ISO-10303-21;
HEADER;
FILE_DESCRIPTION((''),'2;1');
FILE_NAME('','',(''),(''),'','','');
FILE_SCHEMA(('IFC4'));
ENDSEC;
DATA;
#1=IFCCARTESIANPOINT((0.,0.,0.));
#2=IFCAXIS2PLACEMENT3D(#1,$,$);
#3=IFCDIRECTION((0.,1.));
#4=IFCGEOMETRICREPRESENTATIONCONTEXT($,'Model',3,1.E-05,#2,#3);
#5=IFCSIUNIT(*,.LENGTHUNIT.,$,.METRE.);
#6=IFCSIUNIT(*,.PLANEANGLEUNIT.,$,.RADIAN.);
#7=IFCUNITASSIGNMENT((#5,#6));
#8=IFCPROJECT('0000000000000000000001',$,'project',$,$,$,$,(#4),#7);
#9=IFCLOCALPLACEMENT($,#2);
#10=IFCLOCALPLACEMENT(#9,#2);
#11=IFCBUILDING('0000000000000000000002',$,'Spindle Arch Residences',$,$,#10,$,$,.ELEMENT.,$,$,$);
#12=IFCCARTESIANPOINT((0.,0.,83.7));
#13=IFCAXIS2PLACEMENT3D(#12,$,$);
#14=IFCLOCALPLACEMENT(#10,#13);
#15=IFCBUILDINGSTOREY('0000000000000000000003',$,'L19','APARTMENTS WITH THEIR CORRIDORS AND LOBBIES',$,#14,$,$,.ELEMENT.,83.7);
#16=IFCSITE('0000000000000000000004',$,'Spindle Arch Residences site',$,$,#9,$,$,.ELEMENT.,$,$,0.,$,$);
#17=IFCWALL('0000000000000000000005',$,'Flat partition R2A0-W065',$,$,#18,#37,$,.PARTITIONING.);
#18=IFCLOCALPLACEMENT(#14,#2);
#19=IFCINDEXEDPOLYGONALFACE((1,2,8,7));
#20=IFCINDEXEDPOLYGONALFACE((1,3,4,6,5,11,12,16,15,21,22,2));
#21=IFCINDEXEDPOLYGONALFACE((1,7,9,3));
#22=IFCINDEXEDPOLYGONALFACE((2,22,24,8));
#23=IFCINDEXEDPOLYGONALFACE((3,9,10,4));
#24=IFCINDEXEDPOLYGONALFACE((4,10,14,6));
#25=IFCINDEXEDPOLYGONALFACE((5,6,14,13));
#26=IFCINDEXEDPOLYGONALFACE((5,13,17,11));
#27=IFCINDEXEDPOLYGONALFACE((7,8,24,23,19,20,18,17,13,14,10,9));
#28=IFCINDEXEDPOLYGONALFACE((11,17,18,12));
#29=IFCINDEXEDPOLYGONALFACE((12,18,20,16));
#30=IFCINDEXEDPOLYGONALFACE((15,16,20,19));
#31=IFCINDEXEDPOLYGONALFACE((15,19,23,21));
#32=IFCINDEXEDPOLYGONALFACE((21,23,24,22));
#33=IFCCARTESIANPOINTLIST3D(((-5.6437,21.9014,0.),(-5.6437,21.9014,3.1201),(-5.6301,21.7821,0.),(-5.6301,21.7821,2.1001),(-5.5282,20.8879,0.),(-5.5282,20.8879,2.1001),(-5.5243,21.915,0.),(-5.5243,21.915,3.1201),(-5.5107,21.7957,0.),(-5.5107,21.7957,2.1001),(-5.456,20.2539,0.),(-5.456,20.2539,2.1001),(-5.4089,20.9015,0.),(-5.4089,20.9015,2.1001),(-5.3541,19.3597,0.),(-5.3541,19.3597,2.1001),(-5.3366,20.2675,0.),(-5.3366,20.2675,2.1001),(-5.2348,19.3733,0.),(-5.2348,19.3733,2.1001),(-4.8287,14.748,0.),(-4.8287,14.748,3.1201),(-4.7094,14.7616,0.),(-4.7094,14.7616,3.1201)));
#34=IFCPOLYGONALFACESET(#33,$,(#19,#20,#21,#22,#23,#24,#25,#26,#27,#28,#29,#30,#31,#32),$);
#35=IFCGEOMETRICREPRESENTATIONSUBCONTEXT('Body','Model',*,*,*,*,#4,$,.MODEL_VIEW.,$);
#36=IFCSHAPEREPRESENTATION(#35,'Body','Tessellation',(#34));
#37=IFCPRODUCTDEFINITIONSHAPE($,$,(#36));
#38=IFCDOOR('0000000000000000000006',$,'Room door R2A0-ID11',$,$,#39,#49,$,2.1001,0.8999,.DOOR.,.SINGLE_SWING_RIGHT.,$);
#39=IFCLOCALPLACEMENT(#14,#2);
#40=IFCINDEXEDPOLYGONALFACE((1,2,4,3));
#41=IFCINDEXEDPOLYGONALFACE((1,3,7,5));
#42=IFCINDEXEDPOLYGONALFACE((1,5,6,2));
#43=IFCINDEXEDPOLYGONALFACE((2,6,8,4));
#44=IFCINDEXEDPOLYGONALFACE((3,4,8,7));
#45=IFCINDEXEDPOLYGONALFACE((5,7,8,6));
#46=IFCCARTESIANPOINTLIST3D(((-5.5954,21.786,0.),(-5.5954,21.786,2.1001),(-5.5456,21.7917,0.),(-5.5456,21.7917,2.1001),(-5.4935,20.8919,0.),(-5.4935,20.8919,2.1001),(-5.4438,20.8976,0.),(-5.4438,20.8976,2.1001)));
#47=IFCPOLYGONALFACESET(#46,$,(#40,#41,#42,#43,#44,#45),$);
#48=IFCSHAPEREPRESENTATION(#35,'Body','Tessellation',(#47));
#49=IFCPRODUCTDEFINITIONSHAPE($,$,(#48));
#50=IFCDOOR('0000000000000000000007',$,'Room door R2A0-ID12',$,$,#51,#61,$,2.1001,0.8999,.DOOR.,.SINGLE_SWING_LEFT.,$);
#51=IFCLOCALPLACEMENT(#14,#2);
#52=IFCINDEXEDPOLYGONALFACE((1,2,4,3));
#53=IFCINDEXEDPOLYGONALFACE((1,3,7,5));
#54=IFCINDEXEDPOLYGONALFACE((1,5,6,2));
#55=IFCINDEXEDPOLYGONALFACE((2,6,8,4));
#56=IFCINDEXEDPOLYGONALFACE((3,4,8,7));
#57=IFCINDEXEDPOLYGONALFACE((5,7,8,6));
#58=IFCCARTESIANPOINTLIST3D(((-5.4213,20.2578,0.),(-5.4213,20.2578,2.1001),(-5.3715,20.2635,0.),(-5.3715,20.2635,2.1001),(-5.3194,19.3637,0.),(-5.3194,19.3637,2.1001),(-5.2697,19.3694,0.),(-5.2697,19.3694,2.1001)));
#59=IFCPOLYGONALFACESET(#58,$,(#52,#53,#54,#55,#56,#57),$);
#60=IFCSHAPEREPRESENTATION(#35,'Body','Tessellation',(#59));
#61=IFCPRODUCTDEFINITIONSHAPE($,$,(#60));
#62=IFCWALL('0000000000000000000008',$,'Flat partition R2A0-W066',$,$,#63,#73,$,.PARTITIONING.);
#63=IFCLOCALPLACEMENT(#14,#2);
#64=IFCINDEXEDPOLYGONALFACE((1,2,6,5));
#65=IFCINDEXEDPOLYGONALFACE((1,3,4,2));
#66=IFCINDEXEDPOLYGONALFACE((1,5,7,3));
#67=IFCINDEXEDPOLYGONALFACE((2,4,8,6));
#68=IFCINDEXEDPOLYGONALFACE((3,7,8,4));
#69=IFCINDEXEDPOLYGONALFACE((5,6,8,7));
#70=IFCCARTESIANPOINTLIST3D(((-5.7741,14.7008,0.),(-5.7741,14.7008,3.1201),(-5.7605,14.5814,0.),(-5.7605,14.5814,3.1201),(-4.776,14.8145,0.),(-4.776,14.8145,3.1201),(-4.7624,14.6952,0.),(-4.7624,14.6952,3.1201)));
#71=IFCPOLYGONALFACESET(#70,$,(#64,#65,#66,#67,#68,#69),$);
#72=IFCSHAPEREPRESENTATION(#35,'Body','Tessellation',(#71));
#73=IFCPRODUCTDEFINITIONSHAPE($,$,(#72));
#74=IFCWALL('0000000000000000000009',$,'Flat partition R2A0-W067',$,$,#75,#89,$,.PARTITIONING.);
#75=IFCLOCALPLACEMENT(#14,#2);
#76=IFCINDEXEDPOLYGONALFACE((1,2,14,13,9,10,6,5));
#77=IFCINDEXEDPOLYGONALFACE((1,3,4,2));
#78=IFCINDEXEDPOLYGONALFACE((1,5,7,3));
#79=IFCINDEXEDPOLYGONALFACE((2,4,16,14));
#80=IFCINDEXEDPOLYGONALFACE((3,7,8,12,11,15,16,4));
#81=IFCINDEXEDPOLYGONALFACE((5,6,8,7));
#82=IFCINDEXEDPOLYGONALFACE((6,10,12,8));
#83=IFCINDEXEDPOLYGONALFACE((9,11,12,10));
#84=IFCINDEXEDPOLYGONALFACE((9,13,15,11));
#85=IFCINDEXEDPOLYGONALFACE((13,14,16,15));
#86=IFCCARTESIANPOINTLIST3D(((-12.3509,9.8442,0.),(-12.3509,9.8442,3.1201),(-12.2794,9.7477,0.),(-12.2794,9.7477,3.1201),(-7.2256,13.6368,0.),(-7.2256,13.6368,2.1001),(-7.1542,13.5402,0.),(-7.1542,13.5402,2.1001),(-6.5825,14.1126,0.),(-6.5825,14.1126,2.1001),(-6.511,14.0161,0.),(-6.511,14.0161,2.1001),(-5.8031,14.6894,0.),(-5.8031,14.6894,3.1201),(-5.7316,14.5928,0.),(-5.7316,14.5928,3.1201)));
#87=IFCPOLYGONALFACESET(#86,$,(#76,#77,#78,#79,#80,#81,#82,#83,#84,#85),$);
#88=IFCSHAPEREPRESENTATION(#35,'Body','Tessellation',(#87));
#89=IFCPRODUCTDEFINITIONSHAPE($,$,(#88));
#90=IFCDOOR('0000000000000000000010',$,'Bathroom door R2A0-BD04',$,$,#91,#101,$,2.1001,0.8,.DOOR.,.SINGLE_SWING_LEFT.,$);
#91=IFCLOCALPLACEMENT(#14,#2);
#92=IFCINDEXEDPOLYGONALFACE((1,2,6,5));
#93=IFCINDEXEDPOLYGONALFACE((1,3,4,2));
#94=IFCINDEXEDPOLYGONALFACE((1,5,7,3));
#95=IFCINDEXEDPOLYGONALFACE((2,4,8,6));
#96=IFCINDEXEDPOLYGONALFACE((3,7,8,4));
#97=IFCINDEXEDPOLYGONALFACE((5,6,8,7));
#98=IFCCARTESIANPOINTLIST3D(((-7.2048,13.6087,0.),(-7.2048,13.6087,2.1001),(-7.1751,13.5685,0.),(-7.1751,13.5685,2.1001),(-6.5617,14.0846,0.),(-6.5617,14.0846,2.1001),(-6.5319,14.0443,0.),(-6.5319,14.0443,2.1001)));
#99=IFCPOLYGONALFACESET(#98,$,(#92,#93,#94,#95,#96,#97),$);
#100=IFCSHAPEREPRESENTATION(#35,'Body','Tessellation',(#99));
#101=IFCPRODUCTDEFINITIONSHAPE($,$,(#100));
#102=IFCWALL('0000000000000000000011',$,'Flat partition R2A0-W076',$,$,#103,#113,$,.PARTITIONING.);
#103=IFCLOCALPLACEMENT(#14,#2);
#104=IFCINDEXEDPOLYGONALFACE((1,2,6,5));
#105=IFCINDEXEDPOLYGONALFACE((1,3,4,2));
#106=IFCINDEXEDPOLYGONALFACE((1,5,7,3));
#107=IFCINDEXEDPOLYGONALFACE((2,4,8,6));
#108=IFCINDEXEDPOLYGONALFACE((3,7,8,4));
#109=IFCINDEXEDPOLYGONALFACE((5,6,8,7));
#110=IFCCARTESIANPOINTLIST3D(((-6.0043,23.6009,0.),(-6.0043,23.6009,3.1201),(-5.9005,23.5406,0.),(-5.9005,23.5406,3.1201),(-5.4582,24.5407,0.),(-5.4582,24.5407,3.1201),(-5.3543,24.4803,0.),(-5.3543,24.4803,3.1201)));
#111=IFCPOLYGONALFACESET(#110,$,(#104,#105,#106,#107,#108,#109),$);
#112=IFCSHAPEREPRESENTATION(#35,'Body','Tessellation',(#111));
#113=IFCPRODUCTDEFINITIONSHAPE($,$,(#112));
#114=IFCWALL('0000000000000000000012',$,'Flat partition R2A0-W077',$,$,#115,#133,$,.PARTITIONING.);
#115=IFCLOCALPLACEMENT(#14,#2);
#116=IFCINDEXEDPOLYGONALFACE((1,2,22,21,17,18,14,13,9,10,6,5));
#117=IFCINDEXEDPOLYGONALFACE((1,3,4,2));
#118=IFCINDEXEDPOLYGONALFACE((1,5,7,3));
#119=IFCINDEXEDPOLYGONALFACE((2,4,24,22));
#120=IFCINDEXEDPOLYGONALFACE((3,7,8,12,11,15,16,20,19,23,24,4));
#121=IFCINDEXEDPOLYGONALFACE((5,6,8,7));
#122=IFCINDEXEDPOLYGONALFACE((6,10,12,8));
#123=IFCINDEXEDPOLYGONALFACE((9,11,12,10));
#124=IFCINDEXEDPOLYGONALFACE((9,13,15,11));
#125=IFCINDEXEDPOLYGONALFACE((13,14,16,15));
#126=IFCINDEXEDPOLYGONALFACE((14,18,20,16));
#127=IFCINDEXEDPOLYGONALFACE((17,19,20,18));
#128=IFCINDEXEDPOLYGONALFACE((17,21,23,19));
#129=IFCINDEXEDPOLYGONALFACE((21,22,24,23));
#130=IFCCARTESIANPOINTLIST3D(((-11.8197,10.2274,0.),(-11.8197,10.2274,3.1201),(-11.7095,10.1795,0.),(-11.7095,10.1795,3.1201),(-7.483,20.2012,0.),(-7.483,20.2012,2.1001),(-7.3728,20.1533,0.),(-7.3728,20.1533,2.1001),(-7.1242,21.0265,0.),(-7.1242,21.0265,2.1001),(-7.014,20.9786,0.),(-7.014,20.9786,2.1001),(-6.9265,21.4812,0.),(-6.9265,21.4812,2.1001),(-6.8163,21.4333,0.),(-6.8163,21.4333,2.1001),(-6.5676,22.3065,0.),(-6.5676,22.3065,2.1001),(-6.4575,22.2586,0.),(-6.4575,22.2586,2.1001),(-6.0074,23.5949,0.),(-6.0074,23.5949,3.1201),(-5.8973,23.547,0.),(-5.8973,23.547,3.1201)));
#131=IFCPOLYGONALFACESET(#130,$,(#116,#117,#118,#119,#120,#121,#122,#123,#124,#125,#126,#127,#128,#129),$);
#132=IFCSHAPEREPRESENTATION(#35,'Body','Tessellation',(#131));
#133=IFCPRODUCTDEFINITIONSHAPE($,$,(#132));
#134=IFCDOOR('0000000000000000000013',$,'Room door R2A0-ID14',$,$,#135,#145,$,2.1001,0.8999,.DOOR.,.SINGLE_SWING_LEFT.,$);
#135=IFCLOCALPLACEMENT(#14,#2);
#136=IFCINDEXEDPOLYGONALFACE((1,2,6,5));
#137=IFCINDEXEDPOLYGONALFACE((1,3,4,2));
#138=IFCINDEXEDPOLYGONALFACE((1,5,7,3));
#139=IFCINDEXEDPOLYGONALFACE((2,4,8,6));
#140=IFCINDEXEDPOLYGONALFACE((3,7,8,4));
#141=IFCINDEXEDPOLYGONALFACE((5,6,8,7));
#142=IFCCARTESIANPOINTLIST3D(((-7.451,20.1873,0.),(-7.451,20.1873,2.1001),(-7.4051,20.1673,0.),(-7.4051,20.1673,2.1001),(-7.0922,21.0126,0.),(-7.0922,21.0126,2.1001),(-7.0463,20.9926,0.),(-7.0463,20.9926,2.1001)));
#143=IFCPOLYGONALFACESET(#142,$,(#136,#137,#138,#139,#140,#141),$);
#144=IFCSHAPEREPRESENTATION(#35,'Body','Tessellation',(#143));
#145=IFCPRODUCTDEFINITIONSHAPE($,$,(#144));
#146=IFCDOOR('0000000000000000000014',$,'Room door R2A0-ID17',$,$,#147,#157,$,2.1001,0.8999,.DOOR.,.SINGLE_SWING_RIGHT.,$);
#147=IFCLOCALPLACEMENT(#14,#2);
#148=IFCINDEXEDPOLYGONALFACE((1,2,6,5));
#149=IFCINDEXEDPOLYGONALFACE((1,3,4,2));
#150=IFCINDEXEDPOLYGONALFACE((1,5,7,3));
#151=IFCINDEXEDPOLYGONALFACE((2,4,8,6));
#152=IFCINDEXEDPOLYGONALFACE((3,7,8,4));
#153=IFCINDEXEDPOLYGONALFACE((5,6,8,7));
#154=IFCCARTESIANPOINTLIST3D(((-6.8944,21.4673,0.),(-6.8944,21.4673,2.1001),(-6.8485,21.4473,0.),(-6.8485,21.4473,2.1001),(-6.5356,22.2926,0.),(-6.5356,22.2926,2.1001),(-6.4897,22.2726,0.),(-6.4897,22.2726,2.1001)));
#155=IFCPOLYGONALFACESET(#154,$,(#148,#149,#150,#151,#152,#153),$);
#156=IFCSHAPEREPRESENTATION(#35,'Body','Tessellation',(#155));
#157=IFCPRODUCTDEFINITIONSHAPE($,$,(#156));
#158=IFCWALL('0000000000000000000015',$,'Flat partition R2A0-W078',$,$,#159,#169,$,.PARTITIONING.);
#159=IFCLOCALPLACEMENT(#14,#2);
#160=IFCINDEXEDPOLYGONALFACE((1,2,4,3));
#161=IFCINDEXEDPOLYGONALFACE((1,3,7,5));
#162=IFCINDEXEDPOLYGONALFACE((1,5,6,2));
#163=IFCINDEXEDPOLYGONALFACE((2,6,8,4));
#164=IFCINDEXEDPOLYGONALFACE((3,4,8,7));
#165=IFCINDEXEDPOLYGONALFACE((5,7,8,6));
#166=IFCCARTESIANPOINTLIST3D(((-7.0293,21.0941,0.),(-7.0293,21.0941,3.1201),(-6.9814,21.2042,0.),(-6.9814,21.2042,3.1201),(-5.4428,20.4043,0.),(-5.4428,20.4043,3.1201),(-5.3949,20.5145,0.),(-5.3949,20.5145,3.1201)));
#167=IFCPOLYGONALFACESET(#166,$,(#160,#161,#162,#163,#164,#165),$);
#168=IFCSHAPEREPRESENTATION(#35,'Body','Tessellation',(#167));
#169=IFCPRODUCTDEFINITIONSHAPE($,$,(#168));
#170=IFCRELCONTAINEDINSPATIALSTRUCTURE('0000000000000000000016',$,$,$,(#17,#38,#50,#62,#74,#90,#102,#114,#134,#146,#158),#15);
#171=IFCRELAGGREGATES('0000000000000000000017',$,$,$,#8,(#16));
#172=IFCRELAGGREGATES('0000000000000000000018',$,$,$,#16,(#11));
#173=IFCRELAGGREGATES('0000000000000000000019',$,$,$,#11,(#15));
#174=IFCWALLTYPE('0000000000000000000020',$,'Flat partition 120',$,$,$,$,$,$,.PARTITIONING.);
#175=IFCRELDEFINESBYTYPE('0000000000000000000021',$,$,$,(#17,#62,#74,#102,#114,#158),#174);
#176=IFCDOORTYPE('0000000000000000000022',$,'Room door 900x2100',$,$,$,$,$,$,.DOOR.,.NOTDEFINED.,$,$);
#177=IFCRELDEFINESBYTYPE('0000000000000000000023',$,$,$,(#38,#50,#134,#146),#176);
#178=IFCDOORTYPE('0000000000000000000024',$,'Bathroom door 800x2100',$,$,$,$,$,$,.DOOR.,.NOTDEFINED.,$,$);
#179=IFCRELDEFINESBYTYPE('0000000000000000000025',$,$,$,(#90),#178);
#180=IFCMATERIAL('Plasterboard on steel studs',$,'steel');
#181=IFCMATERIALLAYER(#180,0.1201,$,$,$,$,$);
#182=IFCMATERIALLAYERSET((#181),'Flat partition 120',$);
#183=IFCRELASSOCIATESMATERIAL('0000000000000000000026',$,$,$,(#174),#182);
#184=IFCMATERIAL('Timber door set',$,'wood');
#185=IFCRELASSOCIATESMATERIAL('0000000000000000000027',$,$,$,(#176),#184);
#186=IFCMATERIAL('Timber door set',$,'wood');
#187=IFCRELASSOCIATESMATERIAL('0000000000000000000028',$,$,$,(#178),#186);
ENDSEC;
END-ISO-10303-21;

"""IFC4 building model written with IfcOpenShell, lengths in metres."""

from ifc_helpers import new_model, si_unit, direction, frame, frame_2d, origin, place, context, subcontext, project, spatial, rectangle, extrude, material, layer, layer_set, type_object, element, fill, save


model = new_model("IFC4")

# Units and contexts
model_context = context("Model", 3, precision=1e-05, world=origin(), true_north=direction((0.0, 1.0)))
body_context = subcontext(model_context, "Body", "Model", "MODEL_VIEW")
ifc_project = project(units=[si_unit("LENGTHUNIT", "METRE"), si_unit("PLANEANGLEUNIT", "RADIAN")], contexts=[model_context])

# Site, building, storey
site_placement = place(None, origin())
site = spatial("IfcSite", under=ifc_project, at=site_placement, Name="Spindle Arch Residences site", CompositionType="ELEMENT", RefElevation=0.0)
building_placement = place(site_placement, origin())
building = spatial("IfcBuilding", under=site, at=building_placement, Name="Spindle Arch Residences", CompositionType="ELEMENT")
storey_placement = place(building_placement, frame((0.0, 0.0, 83.7)))
storey = spatial("IfcBuildingStorey", under=building, at=storey_placement, Name="L19", Description="APARTMENTS WITH THEIR CORRIDORS AND LOBBIES", CompositionType="ELEMENT", Elevation=83.7)

# Shared definitions
ifc_material_1 = material(Name="Plasterboard on steel studs", Category="steel")
ifc_layer_1 = layer(ifc_material_1, 0.1201)
ifc_layer_set_1 = layer_set([ifc_layer_1], Name="Flat partition 120")
wall_type_1 = type_object("IfcWallType", Name="Flat partition 120", PredefinedType="PARTITIONING", material=ifc_layer_set_1)

# Wall, openings, doors
wall_1_placement = place(storey_placement, frame((-5.584, 21.9082, 0.0), z_axis=(0.0, 0.0, 1.0), x_axis=(0.113193, -0.993573, 0.0)))
wall_1 = element("IfcWall", 1, at=wall_1_placement, inside=storey, type_object=wall_type_1, Name="Flat partition R2A0-W065", PredefinedType="PARTITIONING", context=body_context, shape_type="SweptSolid", body=[
    extrude(rectangle(XDim=7.1997, YDim=0.1201, at=frame_2d((3.5999, 0.0))), origin(), (0.0, 0.0, 1.0), 3.1201),
])
opening_1_placement = place(wall_1_placement, frame((0.1201, 0.0, 0.0)))
opening_1 = element("IfcOpeningElement", 2, at=opening_1_placement, cuts=wall_1, PredefinedType="OPENING", context=body_context, shape_type="SweptSolid", body=[
    extrude(rectangle(XDim=0.8999, YDim=2.1001, at=frame_2d((0.45, 1.05))), frame((0.0, 0.0701, 0.0), z_axis=(0.0, -1.0, 0.0), x_axis=(1.0, 0.0, 0.0)), (0.0, 0.0, 1.0), 0.1401),
])
opening_2_placement = place(wall_1_placement, frame((1.6582, 0.0, 0.0)))
opening_2 = element("IfcOpeningElement", 3, at=opening_2_placement, cuts=wall_1, PredefinedType="OPENING", context=body_context, shape_type="SweptSolid", body=[
    extrude(rectangle(XDim=0.8999, YDim=2.1001, at=frame_2d((0.45, 1.05))), frame((0.0, 0.0701, 0.0), z_axis=(0.0, -1.0, 0.0), x_axis=(1.0, 0.0, 0.0)), (0.0, 0.0, 1.0), 0.1401),
])
ifc_material_2 = material(Name="Timber door set", Category="wood")
door_type_1 = type_object("IfcDoorType", Name="Room door 900x2100", OperationType="NOTDEFINED", PredefinedType="DOOR", material=ifc_material_2)
door_1_placement = place(opening_1_placement, origin())
door_1 = element("IfcDoor", 4, at=door_1_placement, inside=storey, type_object=door_type_1, Name="Room door R2A0-ID11", OperationType="SINGLE_SWING_RIGHT", OverallHeight=2.1001, OverallWidth=0.8999, PredefinedType="DOOR", context=body_context, shape_type="SweptSolid", body=[
    extrude(rectangle(XDim=0.8999, YDim=2.1001, at=frame_2d((0.45, 1.05))), frame((0.0, 0.0249, 0.0), z_axis=(0.0, -1.0, 0.0), x_axis=(1.0, 0.0, 0.0)), (0.0, 0.0, 1.0), 0.05),
])
fill(opening_1, door_1)
door_2_placement = place(opening_2_placement, origin())
door_2 = element("IfcDoor", 5, at=door_2_placement, inside=storey, type_object=door_type_1, Name="Room door R2A0-ID12", OperationType="SINGLE_SWING_LEFT", OverallHeight=2.1001, OverallWidth=0.8999, PredefinedType="DOOR", context=body_context, shape_type="SweptSolid", body=[
    extrude(rectangle(XDim=0.8999, YDim=2.1001, at=frame_2d((0.45, 1.05))), frame((0.0, 0.0249, 0.0), z_axis=(0.0, -1.0, 0.0), x_axis=(1.0, 0.0, 0.0)), (0.0, 0.0, 1.0), 0.05),
])
fill(opening_2, door_2)

# Wall
wall_2_placement = place(storey_placement, frame((-4.769, 14.7549, 0.0), z_axis=(0.0, 0.0, 1.0), x_axis=(-0.993569, -0.113231, 0.0)))
element("IfcWall", 6, at=wall_2_placement, inside=storey, type_object=wall_type_1, Name="Flat partition R2A0-W066", PredefinedType="PARTITIONING", context=body_context, shape_type="SweptSolid", body=[
    extrude(rectangle(XDim=1.0046, YDim=0.1201, at=frame_2d((0.5024, 0.0))), origin(), (0.0, 0.0, 1.0), 3.1201),
])

# Wall, opening, door
wall_3_placement = place(storey_placement, frame((-5.7673, 14.6411, 0.0), z_axis=(0.0, 0.0, 1.0), x_axis=(-0.803853, -0.594828, 0.0)))
wall_3 = element("IfcWall", 7, at=wall_3_placement, inside=storey, type_object=wall_type_1, Name="Flat partition R2A0-W067", PredefinedType="PARTITIONING", context=body_context, shape_type="SweptSolid", body=[
    extrude(rectangle(XDim=8.1455, YDim=0.1201, at=frame_2d((4.0728, 0.0))), origin(), (0.0, 0.0, 1.0), 3.1201),
])
opening_3_placement = place(wall_3_placement, frame((0.9697, 0.0, 0.0)))
opening_3 = element("IfcOpeningElement", 8, at=opening_3_placement, cuts=wall_3, PredefinedType="OPENING", context=body_context, shape_type="SweptSolid", body=[
    extrude(rectangle(XDim=0.8, YDim=2.1001, at=frame_2d((0.3999, 1.05))), frame((0.0, 0.0701, 0.0), z_axis=(0.0, -1.0, 0.0), x_axis=(1.0, 0.0, 0.0)), (0.0, 0.0, 1.0), 0.1401),
])
ifc_material_3 = material(Name="Timber door set", Category="wood")
door_type_2 = type_object("IfcDoorType", Name="Bathroom door 800x2100", OperationType="NOTDEFINED", PredefinedType="DOOR", material=ifc_material_3)
door_3_placement = place(opening_3_placement, origin())
door_3 = element("IfcDoor", 9, at=door_3_placement, inside=storey, type_object=door_type_2, Name="Bathroom door R2A0-BD04", OperationType="SINGLE_SWING_LEFT", OverallHeight=2.1001, OverallWidth=0.8, PredefinedType="DOOR", context=body_context, shape_type="SweptSolid", body=[
    extrude(rectangle(XDim=0.8, YDim=2.1001, at=frame_2d((0.3999, 1.05))), frame((0.0, 0.0249, 0.0), z_axis=(0.0, -1.0, 0.0), x_axis=(1.0, 0.0, 0.0)), (0.0, 0.0, 1.0), 0.05),
])
fill(opening_3, door_3)

# Wall
wall_4_placement = place(storey_placement, frame((-5.4062, 24.5105, 0.0), z_axis=(0.0, 0.0, 1.0), x_axis=(-0.502488, -0.864584, 0.0)))
element("IfcWall", 10, at=wall_4_placement, inside=storey, type_object=wall_type_1, Name="Flat partition R2A0-W076", PredefinedType="PARTITIONING", context=body_context, shape_type="SweptSolid", body=[
    extrude(rectangle(XDim=1.0869, YDim=0.1201, at=frame_2d((0.5435, 0.0))), origin(), (0.0, 0.0, 1.0), 3.1201),
])

# Wall, openings, doors
wall_5_placement = place(storey_placement, frame((-5.9524, 23.5708, 0.0), z_axis=(0.0, 0.0, 1.0), x_axis=(-0.398745, -0.917062, 0.0)))
wall_5 = element("IfcWall", 11, at=wall_5_placement, inside=storey, type_object=wall_type_1, Name="Flat partition R2A0-W077", PredefinedType="PARTITIONING", context=body_context, shape_type="SweptSolid", body=[
    extrude(rectangle(XDim=14.5764, YDim=0.1201, at=frame_2d((7.2881, 0.0))), origin(), (0.0, 0.0, 1.0), 3.1201),
])
opening_4_placement = place(wall_5_placement, frame((2.8005, 0.0, 0.0)))
opening_4 = element("IfcOpeningElement", 12, at=opening_4_placement, cuts=wall_5, PredefinedType="OPENING", context=body_context, shape_type="SweptSolid", body=[
    extrude(rectangle(XDim=0.8999, YDim=2.1001, at=frame_2d((0.45, 1.05))), frame((0.0, 0.0701, 0.0), z_axis=(0.0, -1.0, 0.0), x_axis=(1.0, 0.0, 0.0)), (0.0, 0.0, 1.0), 0.1401),
])
opening_5_placement = place(wall_5_placement, frame((1.4048, 0.0, 0.0)))
opening_5 = element("IfcOpeningElement", 13, at=opening_5_placement, cuts=wall_5, PredefinedType="OPENING", context=body_context, shape_type="SweptSolid", body=[
    extrude(rectangle(XDim=0.8999, YDim=2.1001, at=frame_2d((0.45, 1.05))), frame((0.0, 0.0701, 0.0), z_axis=(0.0, -1.0, 0.0), x_axis=(1.0, 0.0, 0.0)), (0.0, 0.0, 1.0), 0.1401),
])
door_4_placement = place(opening_4_placement, origin())
door_4 = element("IfcDoor", 14, at=door_4_placement, inside=storey, type_object=door_type_1, Name="Room door R2A0-ID14", OperationType="SINGLE_SWING_LEFT", OverallHeight=2.1001, OverallWidth=0.8999, PredefinedType="DOOR", context=body_context, shape_type="SweptSolid", body=[
    extrude(rectangle(XDim=0.8999, YDim=2.1001, at=frame_2d((0.45, 1.05))), frame((0.0, 0.0249, 0.0), z_axis=(0.0, -1.0, 0.0), x_axis=(1.0, 0.0, 0.0)), (0.0, 0.0, 1.0), 0.05),
])
fill(opening_4, door_4)
door_5_placement = place(opening_5_placement, origin())
door_5 = element("IfcDoor", 15, at=door_5_placement, inside=storey, type_object=door_type_1, Name="Room door R2A0-ID17", OperationType="SINGLE_SWING_RIGHT", OverallHeight=2.1001, OverallWidth=0.8999, PredefinedType="DOOR", context=body_context, shape_type="SweptSolid", body=[
    extrude(rectangle(XDim=0.8999, YDim=2.1001, at=frame_2d((0.45, 1.05))), frame((0.0, 0.0249, 0.0), z_axis=(0.0, -1.0, 0.0), x_axis=(1.0, 0.0, 0.0)), (0.0, 0.0, 1.0), 0.05),
])
fill(opening_5, door_5)

# Wall
wall_6_placement = place(storey_placement, frame((-7.0054, 21.1492, 0.0), z_axis=(0.0, 0.0, 1.0), x_axis=(0.917081, -0.3987, 0.0)))
element("IfcWall", 16, at=wall_6_placement, inside=storey, type_object=wall_type_1, Name="Flat partition R2A0-W078", PredefinedType="PARTITIONING", context=body_context, shape_type="SweptSolid", body=[
    extrude(rectangle(XDim=1.73, YDim=0.1201, at=frame_2d((0.865, 0.0))), origin(), (0.0, 0.0, 1.0), 3.1201),
])

save(model, "model.ifc")
